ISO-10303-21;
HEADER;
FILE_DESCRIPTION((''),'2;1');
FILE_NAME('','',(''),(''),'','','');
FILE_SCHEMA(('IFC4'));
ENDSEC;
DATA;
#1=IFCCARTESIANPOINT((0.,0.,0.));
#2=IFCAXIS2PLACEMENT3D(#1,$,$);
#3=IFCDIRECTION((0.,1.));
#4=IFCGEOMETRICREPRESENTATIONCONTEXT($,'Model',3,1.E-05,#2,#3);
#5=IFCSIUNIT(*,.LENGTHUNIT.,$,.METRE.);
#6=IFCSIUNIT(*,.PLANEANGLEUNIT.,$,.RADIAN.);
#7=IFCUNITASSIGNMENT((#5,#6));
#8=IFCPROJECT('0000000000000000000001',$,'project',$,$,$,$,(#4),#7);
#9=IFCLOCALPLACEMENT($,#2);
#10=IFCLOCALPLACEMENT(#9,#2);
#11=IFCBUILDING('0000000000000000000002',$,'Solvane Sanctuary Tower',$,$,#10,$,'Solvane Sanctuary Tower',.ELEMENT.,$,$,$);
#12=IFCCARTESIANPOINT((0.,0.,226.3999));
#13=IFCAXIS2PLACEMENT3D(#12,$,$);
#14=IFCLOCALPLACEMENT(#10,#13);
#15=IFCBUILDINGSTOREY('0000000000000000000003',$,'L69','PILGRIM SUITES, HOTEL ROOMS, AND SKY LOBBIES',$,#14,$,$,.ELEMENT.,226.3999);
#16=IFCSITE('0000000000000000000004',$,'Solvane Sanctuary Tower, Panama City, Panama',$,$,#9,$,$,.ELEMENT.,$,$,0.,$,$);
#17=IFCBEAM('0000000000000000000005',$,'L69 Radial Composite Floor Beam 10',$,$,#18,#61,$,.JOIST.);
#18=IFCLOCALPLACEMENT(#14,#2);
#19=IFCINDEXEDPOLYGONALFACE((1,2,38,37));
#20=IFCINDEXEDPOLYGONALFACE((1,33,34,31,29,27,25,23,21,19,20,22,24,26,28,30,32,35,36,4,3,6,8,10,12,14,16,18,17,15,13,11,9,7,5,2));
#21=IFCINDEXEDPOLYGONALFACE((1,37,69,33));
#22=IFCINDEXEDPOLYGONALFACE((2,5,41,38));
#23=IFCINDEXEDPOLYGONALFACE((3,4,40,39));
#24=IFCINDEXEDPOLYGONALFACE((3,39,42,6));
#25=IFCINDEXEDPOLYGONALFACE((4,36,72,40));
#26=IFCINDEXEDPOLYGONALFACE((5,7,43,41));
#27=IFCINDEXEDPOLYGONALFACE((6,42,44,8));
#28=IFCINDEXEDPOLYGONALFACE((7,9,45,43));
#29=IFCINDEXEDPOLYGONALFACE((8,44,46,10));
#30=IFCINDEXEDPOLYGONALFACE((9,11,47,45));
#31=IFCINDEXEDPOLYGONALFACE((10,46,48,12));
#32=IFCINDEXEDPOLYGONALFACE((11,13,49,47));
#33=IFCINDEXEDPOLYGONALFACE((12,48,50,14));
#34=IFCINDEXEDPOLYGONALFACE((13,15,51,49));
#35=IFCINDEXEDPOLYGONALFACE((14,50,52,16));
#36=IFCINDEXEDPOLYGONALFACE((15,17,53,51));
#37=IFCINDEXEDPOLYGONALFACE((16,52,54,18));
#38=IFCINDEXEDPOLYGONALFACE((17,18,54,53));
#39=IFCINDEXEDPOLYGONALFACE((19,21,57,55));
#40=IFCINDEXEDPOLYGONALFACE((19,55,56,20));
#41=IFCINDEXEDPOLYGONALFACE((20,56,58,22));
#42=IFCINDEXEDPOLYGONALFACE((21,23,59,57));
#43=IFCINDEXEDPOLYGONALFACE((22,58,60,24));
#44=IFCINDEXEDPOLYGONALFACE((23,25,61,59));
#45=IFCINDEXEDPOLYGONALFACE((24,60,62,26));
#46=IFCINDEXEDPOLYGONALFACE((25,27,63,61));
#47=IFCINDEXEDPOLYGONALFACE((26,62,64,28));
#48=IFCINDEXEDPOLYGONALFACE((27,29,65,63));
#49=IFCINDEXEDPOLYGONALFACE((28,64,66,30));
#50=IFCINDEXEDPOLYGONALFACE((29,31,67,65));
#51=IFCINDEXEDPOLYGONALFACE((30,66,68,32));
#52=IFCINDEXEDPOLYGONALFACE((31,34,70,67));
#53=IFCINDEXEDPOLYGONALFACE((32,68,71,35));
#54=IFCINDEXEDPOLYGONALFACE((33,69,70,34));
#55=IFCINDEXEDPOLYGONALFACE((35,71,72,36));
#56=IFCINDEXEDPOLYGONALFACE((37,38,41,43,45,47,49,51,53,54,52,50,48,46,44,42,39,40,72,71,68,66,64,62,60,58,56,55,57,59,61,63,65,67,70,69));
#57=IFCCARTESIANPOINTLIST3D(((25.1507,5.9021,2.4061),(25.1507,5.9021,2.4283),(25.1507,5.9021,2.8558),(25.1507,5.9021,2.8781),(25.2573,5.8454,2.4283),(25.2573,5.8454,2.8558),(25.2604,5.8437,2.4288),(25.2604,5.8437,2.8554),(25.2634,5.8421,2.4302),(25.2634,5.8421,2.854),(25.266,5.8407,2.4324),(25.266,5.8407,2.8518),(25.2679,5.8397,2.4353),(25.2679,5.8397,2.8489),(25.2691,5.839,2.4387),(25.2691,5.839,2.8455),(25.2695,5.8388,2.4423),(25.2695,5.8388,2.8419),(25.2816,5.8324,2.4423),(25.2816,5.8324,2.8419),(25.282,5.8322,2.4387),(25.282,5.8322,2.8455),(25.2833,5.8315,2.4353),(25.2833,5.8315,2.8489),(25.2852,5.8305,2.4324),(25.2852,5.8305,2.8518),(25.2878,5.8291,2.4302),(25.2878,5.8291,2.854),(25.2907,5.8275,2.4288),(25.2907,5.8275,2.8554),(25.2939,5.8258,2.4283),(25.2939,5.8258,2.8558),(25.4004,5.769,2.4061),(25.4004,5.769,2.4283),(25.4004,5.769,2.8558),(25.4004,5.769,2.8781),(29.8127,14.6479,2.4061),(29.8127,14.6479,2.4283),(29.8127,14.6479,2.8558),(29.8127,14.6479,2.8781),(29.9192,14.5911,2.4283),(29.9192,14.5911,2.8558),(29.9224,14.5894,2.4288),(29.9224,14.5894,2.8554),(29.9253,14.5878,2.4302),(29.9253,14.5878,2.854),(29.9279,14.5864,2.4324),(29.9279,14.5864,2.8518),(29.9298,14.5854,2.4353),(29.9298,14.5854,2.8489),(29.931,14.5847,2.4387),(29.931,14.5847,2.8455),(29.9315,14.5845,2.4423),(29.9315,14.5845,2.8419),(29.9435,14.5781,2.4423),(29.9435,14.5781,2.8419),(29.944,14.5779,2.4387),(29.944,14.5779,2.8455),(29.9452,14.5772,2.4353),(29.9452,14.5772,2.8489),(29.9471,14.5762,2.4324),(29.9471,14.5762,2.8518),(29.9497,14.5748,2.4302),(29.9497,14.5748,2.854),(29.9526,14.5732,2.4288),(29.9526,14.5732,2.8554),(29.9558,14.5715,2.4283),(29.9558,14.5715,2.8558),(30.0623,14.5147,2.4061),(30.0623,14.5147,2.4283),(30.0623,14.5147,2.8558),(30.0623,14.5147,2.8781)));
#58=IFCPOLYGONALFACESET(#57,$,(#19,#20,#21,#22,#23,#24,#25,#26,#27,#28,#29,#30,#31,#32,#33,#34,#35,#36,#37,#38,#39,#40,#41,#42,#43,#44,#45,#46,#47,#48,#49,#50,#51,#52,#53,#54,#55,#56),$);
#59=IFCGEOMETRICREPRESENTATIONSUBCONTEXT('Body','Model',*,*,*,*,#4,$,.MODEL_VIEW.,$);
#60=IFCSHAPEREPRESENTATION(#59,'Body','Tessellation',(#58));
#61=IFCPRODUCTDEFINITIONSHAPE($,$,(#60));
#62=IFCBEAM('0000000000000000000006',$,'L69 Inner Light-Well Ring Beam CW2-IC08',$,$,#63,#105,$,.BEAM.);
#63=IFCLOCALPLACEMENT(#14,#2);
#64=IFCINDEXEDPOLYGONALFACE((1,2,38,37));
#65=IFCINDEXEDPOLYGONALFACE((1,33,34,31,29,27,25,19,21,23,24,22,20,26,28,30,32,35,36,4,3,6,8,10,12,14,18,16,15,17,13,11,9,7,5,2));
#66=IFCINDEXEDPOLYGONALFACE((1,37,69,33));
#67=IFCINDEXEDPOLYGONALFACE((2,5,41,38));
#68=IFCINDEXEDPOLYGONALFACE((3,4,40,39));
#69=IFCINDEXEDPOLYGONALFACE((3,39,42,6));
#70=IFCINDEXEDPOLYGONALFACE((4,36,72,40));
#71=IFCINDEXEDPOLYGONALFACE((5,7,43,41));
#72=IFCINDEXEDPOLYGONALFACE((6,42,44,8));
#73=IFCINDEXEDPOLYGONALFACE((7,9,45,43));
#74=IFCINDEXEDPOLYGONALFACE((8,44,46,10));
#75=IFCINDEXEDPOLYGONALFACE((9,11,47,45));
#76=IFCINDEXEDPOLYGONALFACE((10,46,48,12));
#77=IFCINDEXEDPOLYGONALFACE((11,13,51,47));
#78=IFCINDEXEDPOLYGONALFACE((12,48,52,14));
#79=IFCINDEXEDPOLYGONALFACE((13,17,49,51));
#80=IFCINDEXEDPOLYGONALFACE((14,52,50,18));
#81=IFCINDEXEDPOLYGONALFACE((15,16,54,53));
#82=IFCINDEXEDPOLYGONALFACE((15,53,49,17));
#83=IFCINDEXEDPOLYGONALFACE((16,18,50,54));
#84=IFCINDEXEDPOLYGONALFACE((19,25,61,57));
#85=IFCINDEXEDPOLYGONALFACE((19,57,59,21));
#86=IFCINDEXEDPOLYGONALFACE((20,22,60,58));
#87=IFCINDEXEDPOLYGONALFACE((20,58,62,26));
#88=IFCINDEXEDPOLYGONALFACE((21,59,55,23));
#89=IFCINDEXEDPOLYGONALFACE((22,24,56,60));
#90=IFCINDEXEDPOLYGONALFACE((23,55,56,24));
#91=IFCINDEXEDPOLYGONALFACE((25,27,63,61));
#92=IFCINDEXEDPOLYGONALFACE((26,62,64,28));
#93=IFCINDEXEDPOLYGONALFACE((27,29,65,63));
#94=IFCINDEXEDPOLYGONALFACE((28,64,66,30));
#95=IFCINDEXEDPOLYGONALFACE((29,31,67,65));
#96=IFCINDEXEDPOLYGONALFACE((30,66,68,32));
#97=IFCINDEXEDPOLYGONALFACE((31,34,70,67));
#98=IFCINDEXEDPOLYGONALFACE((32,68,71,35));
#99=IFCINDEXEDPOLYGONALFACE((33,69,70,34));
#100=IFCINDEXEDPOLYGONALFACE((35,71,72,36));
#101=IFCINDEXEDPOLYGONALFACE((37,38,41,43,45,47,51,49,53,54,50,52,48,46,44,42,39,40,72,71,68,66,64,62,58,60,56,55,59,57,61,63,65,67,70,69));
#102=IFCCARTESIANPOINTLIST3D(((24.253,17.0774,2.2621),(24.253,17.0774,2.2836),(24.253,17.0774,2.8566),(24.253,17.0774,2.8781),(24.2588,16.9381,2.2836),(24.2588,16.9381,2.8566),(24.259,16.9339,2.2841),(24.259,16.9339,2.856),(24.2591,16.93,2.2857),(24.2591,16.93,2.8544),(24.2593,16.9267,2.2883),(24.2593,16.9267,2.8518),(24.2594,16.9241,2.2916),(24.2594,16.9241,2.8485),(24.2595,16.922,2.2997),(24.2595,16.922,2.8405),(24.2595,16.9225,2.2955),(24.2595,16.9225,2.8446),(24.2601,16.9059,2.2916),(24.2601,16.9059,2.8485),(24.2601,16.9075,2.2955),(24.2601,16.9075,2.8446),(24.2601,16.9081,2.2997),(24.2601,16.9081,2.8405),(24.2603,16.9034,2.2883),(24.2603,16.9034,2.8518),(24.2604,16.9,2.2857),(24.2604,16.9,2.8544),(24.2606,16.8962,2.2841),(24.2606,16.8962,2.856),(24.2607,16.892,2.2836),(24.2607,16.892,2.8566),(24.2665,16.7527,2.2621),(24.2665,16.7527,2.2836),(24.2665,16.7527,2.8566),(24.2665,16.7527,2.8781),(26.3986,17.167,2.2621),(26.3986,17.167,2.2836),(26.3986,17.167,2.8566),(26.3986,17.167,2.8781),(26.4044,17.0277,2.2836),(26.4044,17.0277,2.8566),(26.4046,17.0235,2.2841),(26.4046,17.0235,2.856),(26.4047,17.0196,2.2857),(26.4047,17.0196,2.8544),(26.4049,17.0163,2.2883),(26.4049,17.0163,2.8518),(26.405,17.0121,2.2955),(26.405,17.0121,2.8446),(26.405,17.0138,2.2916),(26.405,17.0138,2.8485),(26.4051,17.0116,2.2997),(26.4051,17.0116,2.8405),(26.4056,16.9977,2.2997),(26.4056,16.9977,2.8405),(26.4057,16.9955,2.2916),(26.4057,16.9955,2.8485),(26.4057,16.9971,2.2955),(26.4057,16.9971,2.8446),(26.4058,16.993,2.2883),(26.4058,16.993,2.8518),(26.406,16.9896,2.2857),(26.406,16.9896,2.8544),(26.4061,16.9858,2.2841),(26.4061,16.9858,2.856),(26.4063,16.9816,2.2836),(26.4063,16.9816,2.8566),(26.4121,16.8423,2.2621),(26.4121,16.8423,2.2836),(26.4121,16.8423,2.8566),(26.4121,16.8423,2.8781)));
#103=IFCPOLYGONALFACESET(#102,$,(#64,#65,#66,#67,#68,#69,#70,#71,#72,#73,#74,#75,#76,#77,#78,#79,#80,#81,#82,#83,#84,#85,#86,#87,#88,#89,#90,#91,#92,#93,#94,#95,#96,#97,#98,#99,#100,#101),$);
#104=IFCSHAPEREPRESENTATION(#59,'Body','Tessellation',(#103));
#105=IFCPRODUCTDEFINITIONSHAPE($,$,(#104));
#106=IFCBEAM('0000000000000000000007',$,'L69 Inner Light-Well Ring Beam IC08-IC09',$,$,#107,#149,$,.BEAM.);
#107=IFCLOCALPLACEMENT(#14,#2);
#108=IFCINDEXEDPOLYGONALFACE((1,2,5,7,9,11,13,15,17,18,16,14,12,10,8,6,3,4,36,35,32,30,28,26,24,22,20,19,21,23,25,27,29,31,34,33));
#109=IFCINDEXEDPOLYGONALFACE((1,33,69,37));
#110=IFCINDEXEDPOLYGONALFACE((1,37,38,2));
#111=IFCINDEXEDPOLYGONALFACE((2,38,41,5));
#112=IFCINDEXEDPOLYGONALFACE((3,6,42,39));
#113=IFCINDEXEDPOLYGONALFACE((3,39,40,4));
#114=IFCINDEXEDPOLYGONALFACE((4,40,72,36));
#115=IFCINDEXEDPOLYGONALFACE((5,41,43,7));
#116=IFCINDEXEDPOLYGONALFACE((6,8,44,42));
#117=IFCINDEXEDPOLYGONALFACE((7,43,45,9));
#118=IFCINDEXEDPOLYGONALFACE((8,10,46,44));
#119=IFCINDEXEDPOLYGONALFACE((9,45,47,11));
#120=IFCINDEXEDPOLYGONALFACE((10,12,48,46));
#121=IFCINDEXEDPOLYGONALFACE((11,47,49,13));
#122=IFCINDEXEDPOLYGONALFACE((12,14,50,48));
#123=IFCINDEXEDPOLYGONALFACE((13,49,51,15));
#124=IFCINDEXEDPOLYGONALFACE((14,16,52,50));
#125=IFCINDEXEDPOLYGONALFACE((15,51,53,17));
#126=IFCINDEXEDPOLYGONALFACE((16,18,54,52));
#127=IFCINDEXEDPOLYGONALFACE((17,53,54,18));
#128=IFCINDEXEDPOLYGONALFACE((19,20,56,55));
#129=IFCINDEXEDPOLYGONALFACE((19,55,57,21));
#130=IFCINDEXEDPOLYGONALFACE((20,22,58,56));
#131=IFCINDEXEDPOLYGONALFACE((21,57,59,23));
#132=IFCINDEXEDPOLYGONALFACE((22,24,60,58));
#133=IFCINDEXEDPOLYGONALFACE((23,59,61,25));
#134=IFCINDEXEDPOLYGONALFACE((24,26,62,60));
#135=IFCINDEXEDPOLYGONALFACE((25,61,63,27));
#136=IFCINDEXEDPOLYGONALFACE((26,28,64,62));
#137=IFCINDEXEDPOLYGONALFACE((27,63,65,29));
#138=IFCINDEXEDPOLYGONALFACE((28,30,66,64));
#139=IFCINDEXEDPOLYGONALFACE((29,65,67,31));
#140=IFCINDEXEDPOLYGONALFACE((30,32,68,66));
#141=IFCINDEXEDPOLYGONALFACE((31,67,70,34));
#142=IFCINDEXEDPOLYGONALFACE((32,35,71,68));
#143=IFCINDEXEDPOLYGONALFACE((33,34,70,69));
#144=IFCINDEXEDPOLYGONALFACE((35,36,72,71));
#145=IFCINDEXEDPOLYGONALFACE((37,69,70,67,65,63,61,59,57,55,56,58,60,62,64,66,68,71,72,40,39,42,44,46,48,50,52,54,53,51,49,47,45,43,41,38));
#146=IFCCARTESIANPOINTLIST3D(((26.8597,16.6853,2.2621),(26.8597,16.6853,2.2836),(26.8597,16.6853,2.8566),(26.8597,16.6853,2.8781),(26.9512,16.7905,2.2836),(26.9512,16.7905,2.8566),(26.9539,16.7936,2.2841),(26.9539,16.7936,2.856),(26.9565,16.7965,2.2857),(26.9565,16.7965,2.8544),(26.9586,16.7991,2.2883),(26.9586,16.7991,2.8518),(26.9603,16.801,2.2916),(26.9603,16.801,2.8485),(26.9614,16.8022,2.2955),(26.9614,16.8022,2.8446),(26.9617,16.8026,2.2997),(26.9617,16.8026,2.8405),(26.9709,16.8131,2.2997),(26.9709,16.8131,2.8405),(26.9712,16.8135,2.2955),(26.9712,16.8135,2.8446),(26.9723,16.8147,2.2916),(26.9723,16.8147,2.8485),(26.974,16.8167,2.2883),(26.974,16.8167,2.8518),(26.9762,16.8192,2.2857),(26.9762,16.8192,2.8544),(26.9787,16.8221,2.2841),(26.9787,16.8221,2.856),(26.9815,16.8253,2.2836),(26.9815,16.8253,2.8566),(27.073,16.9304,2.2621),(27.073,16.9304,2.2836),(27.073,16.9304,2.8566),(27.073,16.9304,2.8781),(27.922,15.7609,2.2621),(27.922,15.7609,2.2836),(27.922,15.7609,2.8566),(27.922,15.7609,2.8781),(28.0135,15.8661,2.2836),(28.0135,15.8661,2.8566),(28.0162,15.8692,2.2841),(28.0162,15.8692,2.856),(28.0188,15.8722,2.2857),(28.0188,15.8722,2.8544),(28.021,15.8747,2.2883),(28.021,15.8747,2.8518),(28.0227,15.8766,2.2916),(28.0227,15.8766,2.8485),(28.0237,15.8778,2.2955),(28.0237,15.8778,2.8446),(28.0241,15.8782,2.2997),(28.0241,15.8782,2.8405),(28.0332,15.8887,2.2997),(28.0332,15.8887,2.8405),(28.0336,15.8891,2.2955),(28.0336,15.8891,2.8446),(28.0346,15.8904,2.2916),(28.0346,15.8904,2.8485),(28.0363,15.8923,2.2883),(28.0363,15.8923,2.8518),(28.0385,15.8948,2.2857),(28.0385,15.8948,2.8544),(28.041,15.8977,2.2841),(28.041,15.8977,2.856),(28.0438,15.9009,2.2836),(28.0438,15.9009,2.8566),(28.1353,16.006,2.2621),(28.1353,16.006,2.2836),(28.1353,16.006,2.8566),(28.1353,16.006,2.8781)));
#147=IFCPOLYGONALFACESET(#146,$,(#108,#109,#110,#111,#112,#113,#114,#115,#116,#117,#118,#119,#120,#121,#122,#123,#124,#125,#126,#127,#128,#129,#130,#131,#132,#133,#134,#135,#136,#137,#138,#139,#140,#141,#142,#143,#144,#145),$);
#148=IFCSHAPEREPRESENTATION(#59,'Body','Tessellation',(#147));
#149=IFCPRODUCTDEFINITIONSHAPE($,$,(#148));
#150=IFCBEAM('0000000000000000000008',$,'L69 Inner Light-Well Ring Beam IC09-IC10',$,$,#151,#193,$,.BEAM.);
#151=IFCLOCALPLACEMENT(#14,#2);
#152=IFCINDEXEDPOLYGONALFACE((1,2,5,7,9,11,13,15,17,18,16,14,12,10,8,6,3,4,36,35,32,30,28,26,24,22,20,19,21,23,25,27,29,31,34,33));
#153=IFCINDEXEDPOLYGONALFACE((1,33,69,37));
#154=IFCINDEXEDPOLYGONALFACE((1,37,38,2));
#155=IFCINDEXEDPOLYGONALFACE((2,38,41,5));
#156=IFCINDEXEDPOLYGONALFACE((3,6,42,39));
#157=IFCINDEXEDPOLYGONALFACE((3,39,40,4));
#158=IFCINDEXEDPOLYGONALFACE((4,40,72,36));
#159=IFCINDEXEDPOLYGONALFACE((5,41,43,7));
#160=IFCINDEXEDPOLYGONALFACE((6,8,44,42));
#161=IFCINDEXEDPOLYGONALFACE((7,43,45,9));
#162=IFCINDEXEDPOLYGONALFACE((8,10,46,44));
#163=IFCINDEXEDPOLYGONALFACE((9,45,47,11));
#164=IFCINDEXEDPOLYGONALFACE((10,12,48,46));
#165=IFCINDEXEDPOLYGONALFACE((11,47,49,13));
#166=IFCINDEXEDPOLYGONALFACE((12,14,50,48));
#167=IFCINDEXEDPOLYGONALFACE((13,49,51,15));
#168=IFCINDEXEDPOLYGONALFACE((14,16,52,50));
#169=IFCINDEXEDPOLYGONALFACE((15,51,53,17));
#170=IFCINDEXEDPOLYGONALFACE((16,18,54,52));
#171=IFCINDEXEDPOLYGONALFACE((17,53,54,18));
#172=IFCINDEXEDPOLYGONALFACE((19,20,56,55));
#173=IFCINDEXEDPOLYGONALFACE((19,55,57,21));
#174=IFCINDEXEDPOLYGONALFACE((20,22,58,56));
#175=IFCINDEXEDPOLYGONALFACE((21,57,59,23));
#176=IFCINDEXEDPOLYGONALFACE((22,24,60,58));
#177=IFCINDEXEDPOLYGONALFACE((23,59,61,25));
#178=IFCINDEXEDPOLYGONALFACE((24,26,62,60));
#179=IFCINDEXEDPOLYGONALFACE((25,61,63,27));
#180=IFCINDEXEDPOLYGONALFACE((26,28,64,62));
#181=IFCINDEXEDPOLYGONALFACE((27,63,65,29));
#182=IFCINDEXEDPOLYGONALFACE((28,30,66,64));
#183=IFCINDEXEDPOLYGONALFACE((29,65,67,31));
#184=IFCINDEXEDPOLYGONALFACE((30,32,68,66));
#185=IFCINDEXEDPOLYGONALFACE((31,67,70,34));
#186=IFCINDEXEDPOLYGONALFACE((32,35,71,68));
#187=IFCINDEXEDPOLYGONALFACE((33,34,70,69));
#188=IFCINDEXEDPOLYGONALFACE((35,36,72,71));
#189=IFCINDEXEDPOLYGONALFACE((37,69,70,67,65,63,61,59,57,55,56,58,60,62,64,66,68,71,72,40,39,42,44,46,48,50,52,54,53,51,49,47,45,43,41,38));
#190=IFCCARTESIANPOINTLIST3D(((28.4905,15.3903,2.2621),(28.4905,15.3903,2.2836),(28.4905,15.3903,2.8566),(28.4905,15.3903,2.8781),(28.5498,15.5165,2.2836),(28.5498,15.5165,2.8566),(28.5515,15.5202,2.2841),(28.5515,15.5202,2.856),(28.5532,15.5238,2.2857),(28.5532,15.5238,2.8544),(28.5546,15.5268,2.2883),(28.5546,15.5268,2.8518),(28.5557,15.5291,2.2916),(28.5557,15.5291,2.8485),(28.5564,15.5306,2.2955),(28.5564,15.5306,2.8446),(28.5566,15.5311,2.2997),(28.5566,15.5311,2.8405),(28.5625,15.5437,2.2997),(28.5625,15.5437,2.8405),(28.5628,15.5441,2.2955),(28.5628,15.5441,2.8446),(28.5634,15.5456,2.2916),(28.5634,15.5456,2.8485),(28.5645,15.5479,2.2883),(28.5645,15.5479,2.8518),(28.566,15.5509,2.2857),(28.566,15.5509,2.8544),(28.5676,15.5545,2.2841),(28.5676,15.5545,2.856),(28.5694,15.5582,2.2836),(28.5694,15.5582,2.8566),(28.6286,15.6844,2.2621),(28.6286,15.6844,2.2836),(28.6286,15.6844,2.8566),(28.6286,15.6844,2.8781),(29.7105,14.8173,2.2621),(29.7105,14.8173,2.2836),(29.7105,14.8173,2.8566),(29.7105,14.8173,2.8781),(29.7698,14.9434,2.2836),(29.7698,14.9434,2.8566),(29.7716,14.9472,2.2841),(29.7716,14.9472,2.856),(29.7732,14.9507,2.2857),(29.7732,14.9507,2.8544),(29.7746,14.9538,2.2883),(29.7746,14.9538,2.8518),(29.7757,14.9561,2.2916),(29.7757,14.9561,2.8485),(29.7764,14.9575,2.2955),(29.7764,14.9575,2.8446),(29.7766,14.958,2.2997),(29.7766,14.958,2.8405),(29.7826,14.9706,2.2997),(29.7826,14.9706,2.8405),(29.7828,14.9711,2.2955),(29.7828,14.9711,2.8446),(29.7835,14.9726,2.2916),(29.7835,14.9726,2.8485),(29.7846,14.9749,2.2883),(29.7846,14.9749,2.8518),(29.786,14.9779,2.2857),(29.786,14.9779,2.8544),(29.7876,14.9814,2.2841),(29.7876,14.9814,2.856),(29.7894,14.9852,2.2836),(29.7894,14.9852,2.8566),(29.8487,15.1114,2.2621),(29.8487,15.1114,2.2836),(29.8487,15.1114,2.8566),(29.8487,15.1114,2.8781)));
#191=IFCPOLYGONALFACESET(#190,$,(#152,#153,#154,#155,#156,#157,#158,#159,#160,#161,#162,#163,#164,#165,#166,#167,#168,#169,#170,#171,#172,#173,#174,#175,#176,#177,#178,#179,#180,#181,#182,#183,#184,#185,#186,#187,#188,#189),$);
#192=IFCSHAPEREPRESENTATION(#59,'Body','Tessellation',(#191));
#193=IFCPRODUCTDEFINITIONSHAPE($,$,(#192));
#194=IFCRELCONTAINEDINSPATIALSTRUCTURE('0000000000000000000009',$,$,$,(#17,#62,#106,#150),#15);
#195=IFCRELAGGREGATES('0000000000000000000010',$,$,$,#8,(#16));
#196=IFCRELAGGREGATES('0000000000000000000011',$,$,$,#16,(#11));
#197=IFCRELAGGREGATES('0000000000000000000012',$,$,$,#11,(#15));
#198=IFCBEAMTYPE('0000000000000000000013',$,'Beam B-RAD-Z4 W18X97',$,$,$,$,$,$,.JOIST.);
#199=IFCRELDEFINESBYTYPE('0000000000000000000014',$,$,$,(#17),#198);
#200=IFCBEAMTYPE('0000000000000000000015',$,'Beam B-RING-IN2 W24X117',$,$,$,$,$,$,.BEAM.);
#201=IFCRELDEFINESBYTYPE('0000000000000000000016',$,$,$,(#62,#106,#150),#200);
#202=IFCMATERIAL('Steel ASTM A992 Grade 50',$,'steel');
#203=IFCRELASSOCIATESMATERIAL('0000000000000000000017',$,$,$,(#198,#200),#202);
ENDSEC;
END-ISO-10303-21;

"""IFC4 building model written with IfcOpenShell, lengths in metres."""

from ifc_helpers import new_model, si_unit, direction, frame, origin, origin_2d, place, context, subcontext, project, spatial, i_section, extrude, material, material_profile, profile_set, type_object, element, save


model = new_model("IFC4")

# Units and contexts
model_context = context("Model", 3, precision=1e-05, world=origin(), true_north=direction((0.0, 1.0)))
body_context = subcontext(model_context, "Body", "Model", "MODEL_VIEW")
ifc_project = project(units=[si_unit("LENGTHUNIT", "METRE"), si_unit("PLANEANGLEUNIT", "RADIAN")], contexts=[model_context])

# Site, building, storey
site_placement = place(None, origin())
site = spatial("IfcSite", under=ifc_project, at=site_placement, Name="Solvane Sanctuary Tower, Panama City, Panama", CompositionType="ELEMENT", RefElevation=0.0)
building_placement = place(site_placement, origin())
building = spatial("IfcBuilding", under=site, at=building_placement, Name="Solvane Sanctuary Tower", LongName="Solvane Sanctuary Tower", CompositionType="ELEMENT")
storey_placement = place(building_placement, frame((0.0, 0.0, 226.3999)))
storey = spatial("IfcBuildingStorey", under=building, at=storey_placement, Name="L69", Description="PILGRIM SUITES, HOTEL ROOMS, AND SKY LOBBIES", CompositionType="ELEMENT", Elevation=226.3999)

# Beams
ifc_material_1 = material(Name="Steel ASTM A992 Grade 50", Category="steel")
ifc_material_profile_1 = material_profile(ifc_material_1, i_section(OverallWidth=0.283, OverallDepth=0.4719, WebThickness=0.0137, FlangeThickness=0.0222, FilletRadius=0.0139, at=origin_2d()), Name="W18X97")
ifc_profile_set_1 = profile_set([ifc_material_profile_1], Name="Steel ASTM A992 Grade 50")
beam_type_1 = type_object("IfcBeamType", Name="Beam B-RAD-Z4 W18X97", PredefinedType="JOIST", material=ifc_profile_set_1)
beam_1_placement = place(storey_placement, frame((29.9375, 14.5813, 2.6421), z_axis=(-0.470395, -0.882456, 0.0), x_axis=(0.882456, -0.470395, 0.0)))
element("IfcBeam", 1, at=beam_1_placement, inside=storey, type_object=beam_type_1, Name="L69 Radial Composite Floor Beam 10", PredefinedType="JOIST", context=body_context, shape_type="SweptSolid", body=[
    extrude(i_section(OverallWidth=0.283, OverallDepth=0.4719, WebThickness=0.0137, FlangeThickness=0.0222, FilletRadius=0.0139, at=origin_2d()), origin(), (0.0, 0.0, 1.0), 9.9106),
])
ifc_material_profile_2 = material_profile(ifc_material_1, i_section(OverallWidth=0.325, OverallDepth=0.616, WebThickness=0.0139, FlangeThickness=0.0215, FilletRadius=0.0161, at=origin_2d()), Name="W24X117")
ifc_profile_set_2 = profile_set([ifc_material_profile_2], Name="Steel ASTM A992 Grade 50")
beam_type_2 = type_object("IfcBeamType", Name="Beam B-RING-IN2 W24X117", PredefinedType="BEAM", material=ifc_profile_set_2)
beam_2_placement = place(storey_placement, frame((24.2598, 16.915, 2.5701), z_axis=(0.999129, 0.041725, 0.0), x_axis=(-0.041725, 0.999129, 0.0)))
element("IfcBeam", 2, at=beam_2_placement, inside=storey, type_object=beam_type_2, Name="L69 Inner Light-Well Ring Beam CW2-IC08", PredefinedType="BEAM", context=body_context, shape_type="SweptSolid", body=[
    extrude(i_section(OverallWidth=0.325, OverallDepth=0.616, WebThickness=0.0139, FlangeThickness=0.0215, FilletRadius=0.0161, at=origin_2d()), origin(), (0.0, 0.0, 1.0), 2.1475),
])
beam_3_placement = place(storey_placement, frame((26.9663, 16.8079, 2.5701), z_axis=(0.754389, -0.656428, 0.0), x_axis=(0.656428, 0.754389, 0.0)))
element("IfcBeam", 3, at=beam_3_placement, inside=storey, type_object=beam_type_2, Name="L69 Inner Light-Well Ring Beam IC08-IC09", PredefinedType="BEAM", context=body_context, shape_type="SweptSolid", body=[
    extrude(i_section(OverallWidth=0.325, OverallDepth=0.616, WebThickness=0.0139, FlangeThickness=0.0215, FilletRadius=0.0161, at=origin_2d()), origin(), (0.0, 0.0, 1.0), 1.4082),
])
beam_4_placement = place(storey_placement, frame((28.5596, 15.5374, 2.5701), z_axis=(0.905135, -0.425125, 0.0), x_axis=(0.425125, 0.905135, 0.0)))
element("IfcBeam", 4, at=beam_4_placement, inside=storey, type_object=beam_type_2, Name="L69 Inner Light-Well Ring Beam IC09-IC10", PredefinedType="BEAM", context=body_context, shape_type="SweptSolid", body=[
    extrude(i_section(OverallWidth=0.325, OverallDepth=0.616, WebThickness=0.0139, FlangeThickness=0.0215, FilletRadius=0.0161, at=origin_2d()), origin(), (0.0, 0.0, 1.0), 1.3479),
])

save(model, "model.ifc")
